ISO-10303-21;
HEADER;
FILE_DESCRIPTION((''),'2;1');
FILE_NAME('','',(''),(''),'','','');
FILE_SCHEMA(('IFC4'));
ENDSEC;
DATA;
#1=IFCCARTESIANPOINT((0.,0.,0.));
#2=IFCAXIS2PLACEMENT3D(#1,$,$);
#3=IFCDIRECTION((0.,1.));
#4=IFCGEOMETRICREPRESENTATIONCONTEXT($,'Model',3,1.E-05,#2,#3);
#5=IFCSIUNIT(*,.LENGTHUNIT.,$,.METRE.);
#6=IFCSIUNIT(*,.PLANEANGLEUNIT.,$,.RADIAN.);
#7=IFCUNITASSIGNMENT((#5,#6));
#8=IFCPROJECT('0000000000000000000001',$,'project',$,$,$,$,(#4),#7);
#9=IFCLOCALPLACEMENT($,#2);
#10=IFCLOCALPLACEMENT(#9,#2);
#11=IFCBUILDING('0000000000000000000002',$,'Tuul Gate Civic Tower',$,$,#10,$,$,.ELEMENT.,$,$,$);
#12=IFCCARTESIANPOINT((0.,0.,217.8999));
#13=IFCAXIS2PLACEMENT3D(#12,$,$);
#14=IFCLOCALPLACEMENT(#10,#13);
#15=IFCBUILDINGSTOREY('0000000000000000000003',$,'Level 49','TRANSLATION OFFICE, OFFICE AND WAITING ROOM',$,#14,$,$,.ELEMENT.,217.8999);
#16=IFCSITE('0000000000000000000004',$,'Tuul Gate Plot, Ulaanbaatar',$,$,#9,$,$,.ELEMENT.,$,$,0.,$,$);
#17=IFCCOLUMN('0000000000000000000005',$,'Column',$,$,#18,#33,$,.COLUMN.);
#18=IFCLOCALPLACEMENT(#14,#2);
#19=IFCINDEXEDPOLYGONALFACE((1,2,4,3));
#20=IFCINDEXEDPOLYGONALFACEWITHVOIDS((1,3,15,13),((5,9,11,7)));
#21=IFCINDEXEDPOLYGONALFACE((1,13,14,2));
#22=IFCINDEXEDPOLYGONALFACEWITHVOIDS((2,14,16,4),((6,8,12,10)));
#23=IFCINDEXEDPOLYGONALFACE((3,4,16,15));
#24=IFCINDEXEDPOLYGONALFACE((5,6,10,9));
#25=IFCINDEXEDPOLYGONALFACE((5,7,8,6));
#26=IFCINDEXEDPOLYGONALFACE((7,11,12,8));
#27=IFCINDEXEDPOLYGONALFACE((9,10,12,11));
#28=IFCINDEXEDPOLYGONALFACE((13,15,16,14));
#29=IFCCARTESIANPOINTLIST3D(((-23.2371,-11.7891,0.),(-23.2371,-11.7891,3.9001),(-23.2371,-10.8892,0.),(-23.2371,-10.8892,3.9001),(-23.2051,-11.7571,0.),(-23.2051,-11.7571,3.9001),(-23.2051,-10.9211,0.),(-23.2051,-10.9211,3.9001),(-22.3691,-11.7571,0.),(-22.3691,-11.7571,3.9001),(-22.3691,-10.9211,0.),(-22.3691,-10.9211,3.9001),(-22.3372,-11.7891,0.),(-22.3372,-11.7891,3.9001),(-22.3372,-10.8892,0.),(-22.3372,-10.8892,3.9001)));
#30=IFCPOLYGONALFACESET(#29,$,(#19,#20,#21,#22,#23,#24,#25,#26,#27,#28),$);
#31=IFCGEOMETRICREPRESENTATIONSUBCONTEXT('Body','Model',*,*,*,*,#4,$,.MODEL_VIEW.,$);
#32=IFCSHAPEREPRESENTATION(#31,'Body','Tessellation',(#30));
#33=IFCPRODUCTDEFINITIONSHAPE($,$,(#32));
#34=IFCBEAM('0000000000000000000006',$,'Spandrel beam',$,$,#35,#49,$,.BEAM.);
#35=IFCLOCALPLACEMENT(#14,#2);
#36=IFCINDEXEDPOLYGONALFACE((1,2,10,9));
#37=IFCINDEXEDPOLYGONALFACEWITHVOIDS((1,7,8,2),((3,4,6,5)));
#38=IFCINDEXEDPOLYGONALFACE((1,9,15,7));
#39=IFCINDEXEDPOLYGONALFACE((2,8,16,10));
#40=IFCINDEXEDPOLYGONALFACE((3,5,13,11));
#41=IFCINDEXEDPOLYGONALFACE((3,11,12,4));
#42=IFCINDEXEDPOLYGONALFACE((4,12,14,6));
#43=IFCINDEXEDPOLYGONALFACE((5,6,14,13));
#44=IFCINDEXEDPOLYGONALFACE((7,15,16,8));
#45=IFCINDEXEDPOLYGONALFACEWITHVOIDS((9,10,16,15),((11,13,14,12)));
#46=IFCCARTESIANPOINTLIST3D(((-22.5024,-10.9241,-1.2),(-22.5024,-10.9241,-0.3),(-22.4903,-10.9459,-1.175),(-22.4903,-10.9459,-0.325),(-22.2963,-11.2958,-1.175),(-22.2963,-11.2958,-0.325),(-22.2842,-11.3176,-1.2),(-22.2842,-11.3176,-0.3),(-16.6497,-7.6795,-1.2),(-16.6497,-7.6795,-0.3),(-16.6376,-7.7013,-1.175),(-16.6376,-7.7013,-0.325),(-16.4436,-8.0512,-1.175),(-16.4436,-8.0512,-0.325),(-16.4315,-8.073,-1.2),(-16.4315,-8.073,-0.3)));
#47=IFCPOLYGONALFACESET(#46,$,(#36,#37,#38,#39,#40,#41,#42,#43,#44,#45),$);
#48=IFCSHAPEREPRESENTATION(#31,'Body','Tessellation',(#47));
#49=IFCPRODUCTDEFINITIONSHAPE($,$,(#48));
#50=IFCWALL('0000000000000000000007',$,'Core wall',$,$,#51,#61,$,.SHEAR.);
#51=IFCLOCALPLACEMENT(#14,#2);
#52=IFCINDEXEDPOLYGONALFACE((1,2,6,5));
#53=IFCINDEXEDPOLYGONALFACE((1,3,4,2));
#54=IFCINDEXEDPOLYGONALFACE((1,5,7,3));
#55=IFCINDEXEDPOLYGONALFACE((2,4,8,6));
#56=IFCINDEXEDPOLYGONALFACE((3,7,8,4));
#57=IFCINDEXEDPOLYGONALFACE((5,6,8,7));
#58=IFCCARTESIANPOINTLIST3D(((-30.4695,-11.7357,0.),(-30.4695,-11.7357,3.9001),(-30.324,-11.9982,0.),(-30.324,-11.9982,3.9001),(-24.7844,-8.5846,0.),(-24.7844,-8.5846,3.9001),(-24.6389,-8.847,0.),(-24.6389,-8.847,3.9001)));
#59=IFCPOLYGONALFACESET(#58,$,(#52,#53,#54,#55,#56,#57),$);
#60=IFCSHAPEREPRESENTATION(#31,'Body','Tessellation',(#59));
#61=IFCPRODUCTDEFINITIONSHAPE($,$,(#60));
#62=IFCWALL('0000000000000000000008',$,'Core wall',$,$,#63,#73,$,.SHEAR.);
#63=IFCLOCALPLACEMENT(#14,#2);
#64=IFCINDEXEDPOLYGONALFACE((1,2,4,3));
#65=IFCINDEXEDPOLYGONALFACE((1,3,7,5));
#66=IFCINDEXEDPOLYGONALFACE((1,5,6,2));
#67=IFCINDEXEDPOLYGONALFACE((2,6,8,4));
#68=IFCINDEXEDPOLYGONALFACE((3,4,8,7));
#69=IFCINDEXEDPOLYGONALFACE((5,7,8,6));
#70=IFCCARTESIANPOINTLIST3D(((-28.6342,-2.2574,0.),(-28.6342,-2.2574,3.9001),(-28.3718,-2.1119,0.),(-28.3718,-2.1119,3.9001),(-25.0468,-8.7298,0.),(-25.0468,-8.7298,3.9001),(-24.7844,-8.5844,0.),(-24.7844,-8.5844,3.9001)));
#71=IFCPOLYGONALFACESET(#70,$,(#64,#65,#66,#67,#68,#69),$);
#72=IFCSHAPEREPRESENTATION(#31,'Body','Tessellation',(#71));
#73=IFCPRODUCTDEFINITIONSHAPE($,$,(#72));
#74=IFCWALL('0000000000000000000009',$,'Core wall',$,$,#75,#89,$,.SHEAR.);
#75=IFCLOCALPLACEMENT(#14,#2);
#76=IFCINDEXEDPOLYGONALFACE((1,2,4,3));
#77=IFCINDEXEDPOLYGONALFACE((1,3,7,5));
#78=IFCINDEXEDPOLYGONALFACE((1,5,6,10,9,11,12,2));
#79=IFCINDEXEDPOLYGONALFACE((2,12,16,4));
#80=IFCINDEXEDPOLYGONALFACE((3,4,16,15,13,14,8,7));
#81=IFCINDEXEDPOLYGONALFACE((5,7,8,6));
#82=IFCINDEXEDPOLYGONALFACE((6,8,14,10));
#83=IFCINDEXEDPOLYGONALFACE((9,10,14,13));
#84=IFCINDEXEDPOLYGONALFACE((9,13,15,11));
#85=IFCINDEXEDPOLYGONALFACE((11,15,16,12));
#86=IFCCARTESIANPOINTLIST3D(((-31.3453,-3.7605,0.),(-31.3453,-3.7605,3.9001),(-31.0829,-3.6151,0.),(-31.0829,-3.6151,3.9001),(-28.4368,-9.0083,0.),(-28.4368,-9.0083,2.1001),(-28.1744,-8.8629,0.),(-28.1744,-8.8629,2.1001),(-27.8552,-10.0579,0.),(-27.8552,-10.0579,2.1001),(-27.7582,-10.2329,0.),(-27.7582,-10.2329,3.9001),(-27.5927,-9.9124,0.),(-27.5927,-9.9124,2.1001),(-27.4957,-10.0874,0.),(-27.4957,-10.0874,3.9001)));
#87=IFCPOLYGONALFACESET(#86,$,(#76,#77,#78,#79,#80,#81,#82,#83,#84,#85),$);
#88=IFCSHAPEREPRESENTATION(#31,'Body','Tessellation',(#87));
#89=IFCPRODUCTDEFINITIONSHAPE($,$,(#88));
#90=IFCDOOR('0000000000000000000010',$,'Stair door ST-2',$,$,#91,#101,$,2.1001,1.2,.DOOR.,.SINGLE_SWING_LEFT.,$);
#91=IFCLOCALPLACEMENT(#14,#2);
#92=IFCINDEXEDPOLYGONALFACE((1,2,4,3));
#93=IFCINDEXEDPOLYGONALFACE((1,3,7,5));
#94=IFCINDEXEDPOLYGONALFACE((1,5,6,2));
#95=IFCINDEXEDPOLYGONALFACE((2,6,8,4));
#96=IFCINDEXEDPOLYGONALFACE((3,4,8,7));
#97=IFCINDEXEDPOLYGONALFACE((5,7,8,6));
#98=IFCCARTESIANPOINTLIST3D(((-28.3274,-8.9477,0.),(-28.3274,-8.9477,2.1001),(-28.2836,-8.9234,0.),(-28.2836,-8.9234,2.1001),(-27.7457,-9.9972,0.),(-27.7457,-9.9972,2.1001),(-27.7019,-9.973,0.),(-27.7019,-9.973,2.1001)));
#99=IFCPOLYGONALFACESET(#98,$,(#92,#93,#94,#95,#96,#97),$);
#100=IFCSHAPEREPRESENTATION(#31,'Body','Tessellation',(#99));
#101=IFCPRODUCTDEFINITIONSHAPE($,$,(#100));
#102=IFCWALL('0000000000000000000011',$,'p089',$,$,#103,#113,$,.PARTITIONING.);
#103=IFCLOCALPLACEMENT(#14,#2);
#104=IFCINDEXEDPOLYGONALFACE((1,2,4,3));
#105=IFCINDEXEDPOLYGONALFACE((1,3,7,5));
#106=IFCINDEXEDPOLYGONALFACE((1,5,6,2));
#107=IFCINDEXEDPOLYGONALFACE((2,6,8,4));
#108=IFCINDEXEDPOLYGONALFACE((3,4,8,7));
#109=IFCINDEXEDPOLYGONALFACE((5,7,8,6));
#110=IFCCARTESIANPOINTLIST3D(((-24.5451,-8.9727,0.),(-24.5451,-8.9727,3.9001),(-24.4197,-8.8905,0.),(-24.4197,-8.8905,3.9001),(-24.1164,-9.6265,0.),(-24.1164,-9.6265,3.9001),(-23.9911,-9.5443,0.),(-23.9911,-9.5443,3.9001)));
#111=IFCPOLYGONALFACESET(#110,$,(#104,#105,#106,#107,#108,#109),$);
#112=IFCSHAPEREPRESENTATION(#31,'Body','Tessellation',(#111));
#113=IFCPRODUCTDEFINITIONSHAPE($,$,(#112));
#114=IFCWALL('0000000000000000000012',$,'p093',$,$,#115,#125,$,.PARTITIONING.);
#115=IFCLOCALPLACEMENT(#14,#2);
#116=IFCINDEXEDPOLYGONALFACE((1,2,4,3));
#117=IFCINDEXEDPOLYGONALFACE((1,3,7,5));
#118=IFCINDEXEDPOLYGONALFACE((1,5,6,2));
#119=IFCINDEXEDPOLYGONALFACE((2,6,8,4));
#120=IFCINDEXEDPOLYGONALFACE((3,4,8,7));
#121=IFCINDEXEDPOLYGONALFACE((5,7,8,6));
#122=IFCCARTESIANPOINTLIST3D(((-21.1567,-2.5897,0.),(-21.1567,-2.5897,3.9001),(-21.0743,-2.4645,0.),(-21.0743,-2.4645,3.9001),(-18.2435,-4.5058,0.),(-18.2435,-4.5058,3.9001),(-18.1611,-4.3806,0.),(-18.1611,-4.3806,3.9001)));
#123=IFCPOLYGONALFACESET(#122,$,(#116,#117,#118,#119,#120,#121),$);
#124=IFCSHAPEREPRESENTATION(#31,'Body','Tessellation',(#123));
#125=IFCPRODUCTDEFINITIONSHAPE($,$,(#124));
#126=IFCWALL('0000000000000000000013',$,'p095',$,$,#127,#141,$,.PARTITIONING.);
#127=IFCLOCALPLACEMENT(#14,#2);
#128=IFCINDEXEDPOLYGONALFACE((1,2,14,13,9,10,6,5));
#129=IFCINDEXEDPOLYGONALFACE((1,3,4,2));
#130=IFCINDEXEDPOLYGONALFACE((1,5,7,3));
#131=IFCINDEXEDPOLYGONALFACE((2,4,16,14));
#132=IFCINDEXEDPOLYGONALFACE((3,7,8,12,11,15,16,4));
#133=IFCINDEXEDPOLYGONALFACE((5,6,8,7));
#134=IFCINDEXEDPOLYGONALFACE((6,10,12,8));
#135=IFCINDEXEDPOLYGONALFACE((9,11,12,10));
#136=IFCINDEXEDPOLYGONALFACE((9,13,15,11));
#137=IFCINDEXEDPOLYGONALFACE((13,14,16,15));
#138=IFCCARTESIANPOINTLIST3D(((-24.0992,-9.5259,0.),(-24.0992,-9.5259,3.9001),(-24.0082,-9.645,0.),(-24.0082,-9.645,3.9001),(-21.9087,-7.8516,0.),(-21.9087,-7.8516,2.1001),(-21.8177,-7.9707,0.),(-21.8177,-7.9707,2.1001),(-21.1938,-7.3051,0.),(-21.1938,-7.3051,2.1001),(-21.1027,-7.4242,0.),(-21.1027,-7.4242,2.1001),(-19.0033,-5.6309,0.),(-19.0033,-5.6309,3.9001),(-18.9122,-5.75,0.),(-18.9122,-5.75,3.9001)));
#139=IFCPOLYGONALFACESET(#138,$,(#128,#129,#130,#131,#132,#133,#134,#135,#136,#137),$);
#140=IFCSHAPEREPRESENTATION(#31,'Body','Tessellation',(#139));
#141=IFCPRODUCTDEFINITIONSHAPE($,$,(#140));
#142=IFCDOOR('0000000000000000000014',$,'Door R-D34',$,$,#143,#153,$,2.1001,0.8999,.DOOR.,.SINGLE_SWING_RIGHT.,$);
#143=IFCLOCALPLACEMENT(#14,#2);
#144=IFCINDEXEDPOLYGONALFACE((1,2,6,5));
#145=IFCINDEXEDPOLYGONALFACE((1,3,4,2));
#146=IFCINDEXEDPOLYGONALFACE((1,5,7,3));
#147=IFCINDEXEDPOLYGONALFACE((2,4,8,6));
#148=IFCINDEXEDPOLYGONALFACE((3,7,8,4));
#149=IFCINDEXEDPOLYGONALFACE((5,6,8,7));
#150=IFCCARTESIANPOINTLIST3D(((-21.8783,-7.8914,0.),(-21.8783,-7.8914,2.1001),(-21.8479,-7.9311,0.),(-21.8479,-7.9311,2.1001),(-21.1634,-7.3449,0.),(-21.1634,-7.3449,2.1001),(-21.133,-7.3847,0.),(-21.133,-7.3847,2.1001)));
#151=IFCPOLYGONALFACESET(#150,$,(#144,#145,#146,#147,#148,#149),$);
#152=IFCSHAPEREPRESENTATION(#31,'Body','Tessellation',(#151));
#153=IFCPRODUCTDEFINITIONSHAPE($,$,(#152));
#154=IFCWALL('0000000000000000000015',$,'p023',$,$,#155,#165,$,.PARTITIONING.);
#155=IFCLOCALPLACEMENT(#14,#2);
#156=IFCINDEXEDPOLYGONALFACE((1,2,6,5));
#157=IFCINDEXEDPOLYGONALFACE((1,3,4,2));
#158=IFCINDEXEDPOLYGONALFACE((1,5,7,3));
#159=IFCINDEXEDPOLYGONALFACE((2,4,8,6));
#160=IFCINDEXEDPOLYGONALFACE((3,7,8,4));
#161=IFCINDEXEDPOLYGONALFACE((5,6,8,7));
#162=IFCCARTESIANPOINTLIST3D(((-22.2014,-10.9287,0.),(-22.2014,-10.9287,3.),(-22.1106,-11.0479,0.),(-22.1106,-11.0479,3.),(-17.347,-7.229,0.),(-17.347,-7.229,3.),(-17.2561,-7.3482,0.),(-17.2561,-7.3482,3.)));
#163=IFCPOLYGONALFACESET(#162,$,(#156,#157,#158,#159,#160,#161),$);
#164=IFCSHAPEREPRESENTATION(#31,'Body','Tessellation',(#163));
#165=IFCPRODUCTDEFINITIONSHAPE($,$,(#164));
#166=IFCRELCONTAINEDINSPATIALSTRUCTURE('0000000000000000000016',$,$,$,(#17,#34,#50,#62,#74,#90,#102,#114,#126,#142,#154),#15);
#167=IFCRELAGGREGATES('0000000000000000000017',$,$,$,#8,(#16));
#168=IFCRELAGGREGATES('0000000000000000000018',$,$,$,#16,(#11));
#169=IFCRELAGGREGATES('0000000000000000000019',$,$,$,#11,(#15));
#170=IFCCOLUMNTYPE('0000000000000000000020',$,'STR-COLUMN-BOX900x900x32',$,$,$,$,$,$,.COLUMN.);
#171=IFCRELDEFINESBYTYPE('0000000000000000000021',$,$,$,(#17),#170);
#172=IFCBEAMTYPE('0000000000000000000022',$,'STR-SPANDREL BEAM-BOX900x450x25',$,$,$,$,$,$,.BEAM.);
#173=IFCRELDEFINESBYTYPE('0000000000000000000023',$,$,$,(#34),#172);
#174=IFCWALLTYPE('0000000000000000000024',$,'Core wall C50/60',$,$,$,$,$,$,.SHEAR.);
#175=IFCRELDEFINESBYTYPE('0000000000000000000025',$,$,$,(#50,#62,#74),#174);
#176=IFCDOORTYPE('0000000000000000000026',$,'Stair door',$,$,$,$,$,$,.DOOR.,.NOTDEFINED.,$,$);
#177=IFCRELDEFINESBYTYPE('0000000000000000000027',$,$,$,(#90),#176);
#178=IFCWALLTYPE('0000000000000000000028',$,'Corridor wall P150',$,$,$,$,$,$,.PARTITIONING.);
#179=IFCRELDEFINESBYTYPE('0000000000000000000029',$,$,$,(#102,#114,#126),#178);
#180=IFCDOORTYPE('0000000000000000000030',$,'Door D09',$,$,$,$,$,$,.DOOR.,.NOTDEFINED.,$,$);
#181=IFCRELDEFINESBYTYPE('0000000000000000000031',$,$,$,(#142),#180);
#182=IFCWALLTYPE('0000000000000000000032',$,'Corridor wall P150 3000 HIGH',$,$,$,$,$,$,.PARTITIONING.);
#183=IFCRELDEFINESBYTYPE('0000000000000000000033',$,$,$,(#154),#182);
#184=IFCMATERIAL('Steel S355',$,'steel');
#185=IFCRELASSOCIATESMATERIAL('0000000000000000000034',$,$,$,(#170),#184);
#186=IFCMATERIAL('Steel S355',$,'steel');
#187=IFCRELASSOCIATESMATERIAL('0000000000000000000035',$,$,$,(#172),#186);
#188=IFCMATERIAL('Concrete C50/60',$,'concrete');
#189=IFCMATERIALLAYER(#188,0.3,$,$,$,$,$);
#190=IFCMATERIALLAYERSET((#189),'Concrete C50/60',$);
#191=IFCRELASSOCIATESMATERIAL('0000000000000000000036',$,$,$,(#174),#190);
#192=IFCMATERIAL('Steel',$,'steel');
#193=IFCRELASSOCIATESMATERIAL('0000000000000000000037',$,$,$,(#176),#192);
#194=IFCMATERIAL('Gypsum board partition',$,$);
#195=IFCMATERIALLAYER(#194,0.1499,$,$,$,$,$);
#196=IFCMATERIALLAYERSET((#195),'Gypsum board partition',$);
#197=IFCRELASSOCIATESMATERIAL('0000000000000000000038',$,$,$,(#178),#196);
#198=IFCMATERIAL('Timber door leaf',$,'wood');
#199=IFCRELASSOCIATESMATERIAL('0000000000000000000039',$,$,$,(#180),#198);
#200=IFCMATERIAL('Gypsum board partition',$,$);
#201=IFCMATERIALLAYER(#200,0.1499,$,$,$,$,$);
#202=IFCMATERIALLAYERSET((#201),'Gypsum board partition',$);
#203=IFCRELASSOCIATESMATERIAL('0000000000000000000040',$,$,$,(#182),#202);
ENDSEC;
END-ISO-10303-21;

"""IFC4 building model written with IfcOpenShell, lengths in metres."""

from ifc_helpers import new_model, si_unit, direction, frame, frame_2d, origin, origin_2d, place, context, subcontext, project, spatial, rectangle, hollow_rectangle, extrude, material, layer, layer_set, material_profile, profile_set, type_object, element, fill, save


model = new_model("IFC4")

# Units and contexts
model_context = context("Model", 3, precision=1e-05, world=origin(), true_north=direction((0.0, 1.0)))
body_context = subcontext(model_context, "Body", "Model", "MODEL_VIEW")
ifc_project = project(units=[si_unit("LENGTHUNIT", "METRE"), si_unit("PLANEANGLEUNIT", "RADIAN")], contexts=[model_context])

# Site, building, storey
site_placement = place(None, origin())
site = spatial("IfcSite", under=ifc_project, at=site_placement, Name="Tuul Gate Plot, Ulaanbaatar", CompositionType="ELEMENT", RefElevation=0.0)
building_placement = place(site_placement, origin())
building = spatial("IfcBuilding", under=site, at=building_placement, Name="Tuul Gate Civic Tower", CompositionType="ELEMENT")
storey_placement = place(building_placement, frame((0.0, 0.0, 217.8999)))
storey = spatial("IfcBuildingStorey", under=building, at=storey_placement, Name="Level 49", Description="TRANSLATION OFFICE, OFFICE AND WAITING ROOM", CompositionType="ELEMENT", Elevation=217.8999)

# Column
ifc_material_1 = material(Name="Steel S355", Category="steel")
ifc_material_profile_1 = material_profile(ifc_material_1, hollow_rectangle(XDim=0.8999, YDim=0.8999, WallThickness=0.032, at=origin_2d()), Name="BOX900x900x32")
ifc_profile_set_1 = profile_set([ifc_material_profile_1], Name="Steel S355")
column_type = type_object("IfcColumnType", Name="STR-COLUMN-BOX900x900x32", PredefinedType="COLUMN", material=ifc_profile_set_1)
column_placement = place(storey_placement, frame((-22.7871, -11.3391, 0.0), z_axis=(0.0, 0.0, 1.0), x_axis=(1.0, 0.0, 0.0)))
element("IfcColumn", 1, at=column_placement, inside=storey, type_object=column_type, Name="Column", PredefinedType="COLUMN", context=body_context, shape_type="SweptSolid", body=[
    extrude(hollow_rectangle(XDim=0.8999, YDim=0.8999, WallThickness=0.032, at=origin_2d()), origin(), (0.0, 0.0, 1.0), 3.9001),
])

# Beam
ifc_material_2 = material(Name="Steel S355", Category="steel")
ifc_material_profile_2 = material_profile(ifc_material_2, hollow_rectangle(XDim=0.45, YDim=0.8999, WallThickness=0.0249, at=origin_2d()), Name="BOX900x450x25")
ifc_profile_set_2 = profile_set([ifc_material_profile_2], Name="Steel S355")
beam_type = type_object("IfcBeamType", Name="STR-SPANDREL BEAM-BOX900x450x25", PredefinedType="BEAM", material=ifc_profile_set_2)
beam_placement = place(storey_placement, frame((-22.3933, -11.1208, -0.75), z_axis=(0.874596, 0.484853, 0.0), x_axis=(-0.484853, 0.874596, 0.0)))
element("IfcBeam", 2, at=beam_placement, inside=storey, type_object=beam_type, Name="Spandrel beam", PredefinedType="BEAM", context=body_context, shape_type="SweptSolid", body=[
    extrude(hollow_rectangle(XDim=0.45, YDim=0.8999, WallThickness=0.0249, at=origin_2d()), origin(), (0.0, 0.0, 1.0), 6.6919),
])

# Walls
ifc_material_3 = material(Name="Concrete C50/60", Category="concrete")
ifc_layer_1 = layer(ifc_material_3, 0.3)
ifc_layer_set_1 = layer_set([ifc_layer_1], Name="Concrete C50/60")
wall_type_1 = type_object("IfcWallType", Name="Core wall C50/60", PredefinedType="SHEAR", material=ifc_layer_set_1)
wall_1_placement = place(storey_placement, frame((-24.7117, -8.7158, 0.0), z_axis=(0.0, 0.0, 1.0), x_axis=(-0.87463, -0.484791, 0.0)))
element("IfcWall", 3, at=wall_1_placement, inside=storey, type_object=wall_type_1, Name="Core wall", PredefinedType="SHEAR", context=body_context, shape_type="SweptSolid", body=[
    extrude(rectangle(XDim=6.5, YDim=0.3, at=frame_2d((3.25, 0.0))), origin(), (0.0, 0.0, 1.0), 3.9001),
])
wall_2_placement = place(storey_placement, frame((-24.9155, -8.6572, 0.0), z_axis=(0.0, 0.0, 1.0), x_axis=(-0.484777, 0.874638, 0.0)))
element("IfcWall", 4, at=wall_2_placement, inside=storey, type_object=wall_type_1, Name="Core wall", PredefinedType="SHEAR", context=body_context, shape_type="SweptSolid", body=[
    extrude(rectangle(XDim=7.4001, YDim=0.3, at=frame_2d((3.7002, 0.0))), origin(), (0.0, 0.0, 1.0), 3.9001),
])

# Wall, opening, door
wall_3_placement = place(storey_placement, frame((-27.627, -10.1602, 0.0), z_axis=(0.0, 0.0, 1.0), x_axis=(-0.484752, 0.874652, 0.0)))
wall_3 = element("IfcWall", 5, at=wall_3_placement, inside=storey, type_object=wall_type_1, Name="Core wall", PredefinedType="SHEAR", context=body_context, shape_type="SweptSolid", body=[
    extrude(rectangle(XDim=7.3999, YDim=0.3, at=frame_2d((3.7, 0.0))), origin(), (0.0, 0.0, 1.0), 3.9001),
])
opening_1_placement = place(wall_3_placement, frame((0.2, 0.0, 0.0)))
opening_1 = element("IfcOpeningElement", 6, at=opening_1_placement, cuts=wall_3, PredefinedType="OPENING", context=body_context, shape_type="SweptSolid", body=[
    extrude(rectangle(XDim=1.2, YDim=2.1001, at=frame_2d((0.6001, 1.05))), frame((0.0, 0.1602, 0.0), z_axis=(0.0, -1.0, 0.0), x_axis=(1.0, 0.0, 0.0)), (0.0, 0.0, 1.0), 0.3201),
])
ifc_material_4 = material(Name="Steel", Category="steel")
door_type_1 = type_object("IfcDoorType", Name="Stair door", OperationType="NOTDEFINED", PredefinedType="DOOR", material=ifc_material_4)
door_1_placement = place(opening_1_placement, origin())
door_1 = element("IfcDoor", 7, at=door_1_placement, inside=storey, type_object=door_type_1, Name="Stair door ST-2", OperationType="SINGLE_SWING_LEFT", OverallHeight=2.1001, OverallWidth=1.2, PredefinedType="DOOR", context=body_context, shape_type="SweptSolid", body=[
    extrude(rectangle(XDim=1.2, YDim=2.1001, at=frame_2d((0.6001, 1.05))), frame((0.0, 0.0249, 0.0), z_axis=(0.0, -1.0, 0.0), x_axis=(1.0, 0.0, 0.0)), (0.0, 0.0, 1.0), 0.05),
])
fill(opening_1, door_1)

# Walls
ifc_material_5 = material(Name="Gypsum board partition")
ifc_layer_2 = layer(ifc_material_5, 0.1499)
ifc_layer_set_2 = layer_set([ifc_layer_2], Name="Gypsum board partition")
wall_type_2 = type_object("IfcWallType", Name="Corridor wall P150", PredefinedType="PARTITIONING", material=ifc_layer_set_2)
wall_4_placement = place(storey_placement, frame((-24.4824, -8.9316, 0.0), z_axis=(0.0, 0.0, 1.0), x_axis=(0.548343, -0.836254, 0.0)))
element("IfcWall", 8, at=wall_4_placement, inside=storey, type_object=wall_type_2, Name="p089", PredefinedType="PARTITIONING", context=body_context, shape_type="SweptSolid", body=[
    extrude(rectangle(XDim=0.7817, YDim=0.1499, at=frame_2d((0.3909, 0.0))), origin(), (0.0, 0.0, 1.0), 3.9001),
])
wall_5_placement = place(storey_placement, frame((-21.1155, -2.5271, 0.0), z_axis=(0.0, 0.0, 1.0), x_axis=(0.835481, -0.549519, 0.0)))
element("IfcWall", 9, at=wall_5_placement, inside=storey, type_object=wall_type_2, Name="p093", PredefinedType="PARTITIONING", context=body_context, shape_type="SweptSolid", body=[
    extrude(rectangle(XDim=3.4868, YDim=0.1499, at=frame_2d((1.7434, 0.0))), origin(), (0.0, 0.0, 1.0), 3.9001),
])

# Wall, opening, door
wall_6_placement = place(storey_placement, frame((-24.0537, -9.5854, 0.0), z_axis=(0.0, 0.0, 1.0), x_axis=(0.794499, 0.607265, 0.0)))
wall_6 = element("IfcWall", 10, at=wall_6_placement, inside=storey, type_object=wall_type_2, Name="p095", PredefinedType="PARTITIONING", context=body_context, shape_type="SweptSolid", body=[
    extrude(rectangle(XDim=6.4141, YDim=0.1499, at=frame_2d((3.207, 0.0))), origin(), (0.0, 0.0, 1.0), 3.9001),
])
opening_2_placement = place(wall_6_placement, frame((2.7571, 0.0, 0.0)))
opening_2 = element("IfcOpeningElement", 11, at=opening_2_placement, cuts=wall_6, PredefinedType="OPENING", context=body_context, shape_type="SweptSolid", body=[
    extrude(rectangle(XDim=0.8999, YDim=2.1001, at=frame_2d((0.45, 1.05))), frame((0.0, 0.085, 0.0), z_axis=(0.0, -1.0, 0.0), x_axis=(1.0, 0.0, 0.0)), (0.0, 0.0, 1.0), 0.1699),
])
ifc_material_6 = material(Name="Timber door leaf", Category="wood")
door_type_2 = type_object("IfcDoorType", Name="Door D09", OperationType="NOTDEFINED", PredefinedType="DOOR", material=ifc_material_6)
door_2_placement = place(opening_2_placement, origin())
door_2 = element("IfcDoor", 12, at=door_2_placement, inside=storey, type_object=door_type_2, Name="Door R-D34", OperationType="SINGLE_SWING_RIGHT", OverallHeight=2.1001, OverallWidth=0.8999, PredefinedType="DOOR", context=body_context, shape_type="SweptSolid", body=[
    extrude(rectangle(XDim=0.8999, YDim=2.1001, at=frame_2d((0.45, 1.05))), frame((0.0, 0.0249, 0.0), z_axis=(0.0, -1.0, 0.0), x_axis=(1.0, 0.0, 0.0)), (0.0, 0.0, 1.0), 0.05),
])
fill(opening_2, door_2)

# Wall
ifc_material_7 = material(Name="Gypsum board partition")
ifc_layer_3 = layer(ifc_material_7, 0.1499)
ifc_layer_set_3 = layer_set([ifc_layer_3], Name="Gypsum board partition")
wall_type_3 = type_object("IfcWallType", Name="Corridor wall P150 3000 HIGH", PredefinedType="PARTITIONING", material=ifc_layer_set_3)
wall_7_placement = place(storey_placement, frame((-22.156, -10.9883, 0.0), z_axis=(0.0, 0.0, 1.0), x_axis=(0.795349, 0.606152, 0.0)))
element("IfcWall", 13, at=wall_7_placement, inside=storey, type_object=wall_type_3, Name="p023", PredefinedType="PARTITIONING", context=body_context, shape_type="SweptSolid", body=[
    extrude(rectangle(XDim=6.1035, YDim=0.1499, at=frame_2d((3.0518, 0.0))), origin(), (0.0, 0.0, 1.0), 3.0),
])

save(model, "model.ifc")
